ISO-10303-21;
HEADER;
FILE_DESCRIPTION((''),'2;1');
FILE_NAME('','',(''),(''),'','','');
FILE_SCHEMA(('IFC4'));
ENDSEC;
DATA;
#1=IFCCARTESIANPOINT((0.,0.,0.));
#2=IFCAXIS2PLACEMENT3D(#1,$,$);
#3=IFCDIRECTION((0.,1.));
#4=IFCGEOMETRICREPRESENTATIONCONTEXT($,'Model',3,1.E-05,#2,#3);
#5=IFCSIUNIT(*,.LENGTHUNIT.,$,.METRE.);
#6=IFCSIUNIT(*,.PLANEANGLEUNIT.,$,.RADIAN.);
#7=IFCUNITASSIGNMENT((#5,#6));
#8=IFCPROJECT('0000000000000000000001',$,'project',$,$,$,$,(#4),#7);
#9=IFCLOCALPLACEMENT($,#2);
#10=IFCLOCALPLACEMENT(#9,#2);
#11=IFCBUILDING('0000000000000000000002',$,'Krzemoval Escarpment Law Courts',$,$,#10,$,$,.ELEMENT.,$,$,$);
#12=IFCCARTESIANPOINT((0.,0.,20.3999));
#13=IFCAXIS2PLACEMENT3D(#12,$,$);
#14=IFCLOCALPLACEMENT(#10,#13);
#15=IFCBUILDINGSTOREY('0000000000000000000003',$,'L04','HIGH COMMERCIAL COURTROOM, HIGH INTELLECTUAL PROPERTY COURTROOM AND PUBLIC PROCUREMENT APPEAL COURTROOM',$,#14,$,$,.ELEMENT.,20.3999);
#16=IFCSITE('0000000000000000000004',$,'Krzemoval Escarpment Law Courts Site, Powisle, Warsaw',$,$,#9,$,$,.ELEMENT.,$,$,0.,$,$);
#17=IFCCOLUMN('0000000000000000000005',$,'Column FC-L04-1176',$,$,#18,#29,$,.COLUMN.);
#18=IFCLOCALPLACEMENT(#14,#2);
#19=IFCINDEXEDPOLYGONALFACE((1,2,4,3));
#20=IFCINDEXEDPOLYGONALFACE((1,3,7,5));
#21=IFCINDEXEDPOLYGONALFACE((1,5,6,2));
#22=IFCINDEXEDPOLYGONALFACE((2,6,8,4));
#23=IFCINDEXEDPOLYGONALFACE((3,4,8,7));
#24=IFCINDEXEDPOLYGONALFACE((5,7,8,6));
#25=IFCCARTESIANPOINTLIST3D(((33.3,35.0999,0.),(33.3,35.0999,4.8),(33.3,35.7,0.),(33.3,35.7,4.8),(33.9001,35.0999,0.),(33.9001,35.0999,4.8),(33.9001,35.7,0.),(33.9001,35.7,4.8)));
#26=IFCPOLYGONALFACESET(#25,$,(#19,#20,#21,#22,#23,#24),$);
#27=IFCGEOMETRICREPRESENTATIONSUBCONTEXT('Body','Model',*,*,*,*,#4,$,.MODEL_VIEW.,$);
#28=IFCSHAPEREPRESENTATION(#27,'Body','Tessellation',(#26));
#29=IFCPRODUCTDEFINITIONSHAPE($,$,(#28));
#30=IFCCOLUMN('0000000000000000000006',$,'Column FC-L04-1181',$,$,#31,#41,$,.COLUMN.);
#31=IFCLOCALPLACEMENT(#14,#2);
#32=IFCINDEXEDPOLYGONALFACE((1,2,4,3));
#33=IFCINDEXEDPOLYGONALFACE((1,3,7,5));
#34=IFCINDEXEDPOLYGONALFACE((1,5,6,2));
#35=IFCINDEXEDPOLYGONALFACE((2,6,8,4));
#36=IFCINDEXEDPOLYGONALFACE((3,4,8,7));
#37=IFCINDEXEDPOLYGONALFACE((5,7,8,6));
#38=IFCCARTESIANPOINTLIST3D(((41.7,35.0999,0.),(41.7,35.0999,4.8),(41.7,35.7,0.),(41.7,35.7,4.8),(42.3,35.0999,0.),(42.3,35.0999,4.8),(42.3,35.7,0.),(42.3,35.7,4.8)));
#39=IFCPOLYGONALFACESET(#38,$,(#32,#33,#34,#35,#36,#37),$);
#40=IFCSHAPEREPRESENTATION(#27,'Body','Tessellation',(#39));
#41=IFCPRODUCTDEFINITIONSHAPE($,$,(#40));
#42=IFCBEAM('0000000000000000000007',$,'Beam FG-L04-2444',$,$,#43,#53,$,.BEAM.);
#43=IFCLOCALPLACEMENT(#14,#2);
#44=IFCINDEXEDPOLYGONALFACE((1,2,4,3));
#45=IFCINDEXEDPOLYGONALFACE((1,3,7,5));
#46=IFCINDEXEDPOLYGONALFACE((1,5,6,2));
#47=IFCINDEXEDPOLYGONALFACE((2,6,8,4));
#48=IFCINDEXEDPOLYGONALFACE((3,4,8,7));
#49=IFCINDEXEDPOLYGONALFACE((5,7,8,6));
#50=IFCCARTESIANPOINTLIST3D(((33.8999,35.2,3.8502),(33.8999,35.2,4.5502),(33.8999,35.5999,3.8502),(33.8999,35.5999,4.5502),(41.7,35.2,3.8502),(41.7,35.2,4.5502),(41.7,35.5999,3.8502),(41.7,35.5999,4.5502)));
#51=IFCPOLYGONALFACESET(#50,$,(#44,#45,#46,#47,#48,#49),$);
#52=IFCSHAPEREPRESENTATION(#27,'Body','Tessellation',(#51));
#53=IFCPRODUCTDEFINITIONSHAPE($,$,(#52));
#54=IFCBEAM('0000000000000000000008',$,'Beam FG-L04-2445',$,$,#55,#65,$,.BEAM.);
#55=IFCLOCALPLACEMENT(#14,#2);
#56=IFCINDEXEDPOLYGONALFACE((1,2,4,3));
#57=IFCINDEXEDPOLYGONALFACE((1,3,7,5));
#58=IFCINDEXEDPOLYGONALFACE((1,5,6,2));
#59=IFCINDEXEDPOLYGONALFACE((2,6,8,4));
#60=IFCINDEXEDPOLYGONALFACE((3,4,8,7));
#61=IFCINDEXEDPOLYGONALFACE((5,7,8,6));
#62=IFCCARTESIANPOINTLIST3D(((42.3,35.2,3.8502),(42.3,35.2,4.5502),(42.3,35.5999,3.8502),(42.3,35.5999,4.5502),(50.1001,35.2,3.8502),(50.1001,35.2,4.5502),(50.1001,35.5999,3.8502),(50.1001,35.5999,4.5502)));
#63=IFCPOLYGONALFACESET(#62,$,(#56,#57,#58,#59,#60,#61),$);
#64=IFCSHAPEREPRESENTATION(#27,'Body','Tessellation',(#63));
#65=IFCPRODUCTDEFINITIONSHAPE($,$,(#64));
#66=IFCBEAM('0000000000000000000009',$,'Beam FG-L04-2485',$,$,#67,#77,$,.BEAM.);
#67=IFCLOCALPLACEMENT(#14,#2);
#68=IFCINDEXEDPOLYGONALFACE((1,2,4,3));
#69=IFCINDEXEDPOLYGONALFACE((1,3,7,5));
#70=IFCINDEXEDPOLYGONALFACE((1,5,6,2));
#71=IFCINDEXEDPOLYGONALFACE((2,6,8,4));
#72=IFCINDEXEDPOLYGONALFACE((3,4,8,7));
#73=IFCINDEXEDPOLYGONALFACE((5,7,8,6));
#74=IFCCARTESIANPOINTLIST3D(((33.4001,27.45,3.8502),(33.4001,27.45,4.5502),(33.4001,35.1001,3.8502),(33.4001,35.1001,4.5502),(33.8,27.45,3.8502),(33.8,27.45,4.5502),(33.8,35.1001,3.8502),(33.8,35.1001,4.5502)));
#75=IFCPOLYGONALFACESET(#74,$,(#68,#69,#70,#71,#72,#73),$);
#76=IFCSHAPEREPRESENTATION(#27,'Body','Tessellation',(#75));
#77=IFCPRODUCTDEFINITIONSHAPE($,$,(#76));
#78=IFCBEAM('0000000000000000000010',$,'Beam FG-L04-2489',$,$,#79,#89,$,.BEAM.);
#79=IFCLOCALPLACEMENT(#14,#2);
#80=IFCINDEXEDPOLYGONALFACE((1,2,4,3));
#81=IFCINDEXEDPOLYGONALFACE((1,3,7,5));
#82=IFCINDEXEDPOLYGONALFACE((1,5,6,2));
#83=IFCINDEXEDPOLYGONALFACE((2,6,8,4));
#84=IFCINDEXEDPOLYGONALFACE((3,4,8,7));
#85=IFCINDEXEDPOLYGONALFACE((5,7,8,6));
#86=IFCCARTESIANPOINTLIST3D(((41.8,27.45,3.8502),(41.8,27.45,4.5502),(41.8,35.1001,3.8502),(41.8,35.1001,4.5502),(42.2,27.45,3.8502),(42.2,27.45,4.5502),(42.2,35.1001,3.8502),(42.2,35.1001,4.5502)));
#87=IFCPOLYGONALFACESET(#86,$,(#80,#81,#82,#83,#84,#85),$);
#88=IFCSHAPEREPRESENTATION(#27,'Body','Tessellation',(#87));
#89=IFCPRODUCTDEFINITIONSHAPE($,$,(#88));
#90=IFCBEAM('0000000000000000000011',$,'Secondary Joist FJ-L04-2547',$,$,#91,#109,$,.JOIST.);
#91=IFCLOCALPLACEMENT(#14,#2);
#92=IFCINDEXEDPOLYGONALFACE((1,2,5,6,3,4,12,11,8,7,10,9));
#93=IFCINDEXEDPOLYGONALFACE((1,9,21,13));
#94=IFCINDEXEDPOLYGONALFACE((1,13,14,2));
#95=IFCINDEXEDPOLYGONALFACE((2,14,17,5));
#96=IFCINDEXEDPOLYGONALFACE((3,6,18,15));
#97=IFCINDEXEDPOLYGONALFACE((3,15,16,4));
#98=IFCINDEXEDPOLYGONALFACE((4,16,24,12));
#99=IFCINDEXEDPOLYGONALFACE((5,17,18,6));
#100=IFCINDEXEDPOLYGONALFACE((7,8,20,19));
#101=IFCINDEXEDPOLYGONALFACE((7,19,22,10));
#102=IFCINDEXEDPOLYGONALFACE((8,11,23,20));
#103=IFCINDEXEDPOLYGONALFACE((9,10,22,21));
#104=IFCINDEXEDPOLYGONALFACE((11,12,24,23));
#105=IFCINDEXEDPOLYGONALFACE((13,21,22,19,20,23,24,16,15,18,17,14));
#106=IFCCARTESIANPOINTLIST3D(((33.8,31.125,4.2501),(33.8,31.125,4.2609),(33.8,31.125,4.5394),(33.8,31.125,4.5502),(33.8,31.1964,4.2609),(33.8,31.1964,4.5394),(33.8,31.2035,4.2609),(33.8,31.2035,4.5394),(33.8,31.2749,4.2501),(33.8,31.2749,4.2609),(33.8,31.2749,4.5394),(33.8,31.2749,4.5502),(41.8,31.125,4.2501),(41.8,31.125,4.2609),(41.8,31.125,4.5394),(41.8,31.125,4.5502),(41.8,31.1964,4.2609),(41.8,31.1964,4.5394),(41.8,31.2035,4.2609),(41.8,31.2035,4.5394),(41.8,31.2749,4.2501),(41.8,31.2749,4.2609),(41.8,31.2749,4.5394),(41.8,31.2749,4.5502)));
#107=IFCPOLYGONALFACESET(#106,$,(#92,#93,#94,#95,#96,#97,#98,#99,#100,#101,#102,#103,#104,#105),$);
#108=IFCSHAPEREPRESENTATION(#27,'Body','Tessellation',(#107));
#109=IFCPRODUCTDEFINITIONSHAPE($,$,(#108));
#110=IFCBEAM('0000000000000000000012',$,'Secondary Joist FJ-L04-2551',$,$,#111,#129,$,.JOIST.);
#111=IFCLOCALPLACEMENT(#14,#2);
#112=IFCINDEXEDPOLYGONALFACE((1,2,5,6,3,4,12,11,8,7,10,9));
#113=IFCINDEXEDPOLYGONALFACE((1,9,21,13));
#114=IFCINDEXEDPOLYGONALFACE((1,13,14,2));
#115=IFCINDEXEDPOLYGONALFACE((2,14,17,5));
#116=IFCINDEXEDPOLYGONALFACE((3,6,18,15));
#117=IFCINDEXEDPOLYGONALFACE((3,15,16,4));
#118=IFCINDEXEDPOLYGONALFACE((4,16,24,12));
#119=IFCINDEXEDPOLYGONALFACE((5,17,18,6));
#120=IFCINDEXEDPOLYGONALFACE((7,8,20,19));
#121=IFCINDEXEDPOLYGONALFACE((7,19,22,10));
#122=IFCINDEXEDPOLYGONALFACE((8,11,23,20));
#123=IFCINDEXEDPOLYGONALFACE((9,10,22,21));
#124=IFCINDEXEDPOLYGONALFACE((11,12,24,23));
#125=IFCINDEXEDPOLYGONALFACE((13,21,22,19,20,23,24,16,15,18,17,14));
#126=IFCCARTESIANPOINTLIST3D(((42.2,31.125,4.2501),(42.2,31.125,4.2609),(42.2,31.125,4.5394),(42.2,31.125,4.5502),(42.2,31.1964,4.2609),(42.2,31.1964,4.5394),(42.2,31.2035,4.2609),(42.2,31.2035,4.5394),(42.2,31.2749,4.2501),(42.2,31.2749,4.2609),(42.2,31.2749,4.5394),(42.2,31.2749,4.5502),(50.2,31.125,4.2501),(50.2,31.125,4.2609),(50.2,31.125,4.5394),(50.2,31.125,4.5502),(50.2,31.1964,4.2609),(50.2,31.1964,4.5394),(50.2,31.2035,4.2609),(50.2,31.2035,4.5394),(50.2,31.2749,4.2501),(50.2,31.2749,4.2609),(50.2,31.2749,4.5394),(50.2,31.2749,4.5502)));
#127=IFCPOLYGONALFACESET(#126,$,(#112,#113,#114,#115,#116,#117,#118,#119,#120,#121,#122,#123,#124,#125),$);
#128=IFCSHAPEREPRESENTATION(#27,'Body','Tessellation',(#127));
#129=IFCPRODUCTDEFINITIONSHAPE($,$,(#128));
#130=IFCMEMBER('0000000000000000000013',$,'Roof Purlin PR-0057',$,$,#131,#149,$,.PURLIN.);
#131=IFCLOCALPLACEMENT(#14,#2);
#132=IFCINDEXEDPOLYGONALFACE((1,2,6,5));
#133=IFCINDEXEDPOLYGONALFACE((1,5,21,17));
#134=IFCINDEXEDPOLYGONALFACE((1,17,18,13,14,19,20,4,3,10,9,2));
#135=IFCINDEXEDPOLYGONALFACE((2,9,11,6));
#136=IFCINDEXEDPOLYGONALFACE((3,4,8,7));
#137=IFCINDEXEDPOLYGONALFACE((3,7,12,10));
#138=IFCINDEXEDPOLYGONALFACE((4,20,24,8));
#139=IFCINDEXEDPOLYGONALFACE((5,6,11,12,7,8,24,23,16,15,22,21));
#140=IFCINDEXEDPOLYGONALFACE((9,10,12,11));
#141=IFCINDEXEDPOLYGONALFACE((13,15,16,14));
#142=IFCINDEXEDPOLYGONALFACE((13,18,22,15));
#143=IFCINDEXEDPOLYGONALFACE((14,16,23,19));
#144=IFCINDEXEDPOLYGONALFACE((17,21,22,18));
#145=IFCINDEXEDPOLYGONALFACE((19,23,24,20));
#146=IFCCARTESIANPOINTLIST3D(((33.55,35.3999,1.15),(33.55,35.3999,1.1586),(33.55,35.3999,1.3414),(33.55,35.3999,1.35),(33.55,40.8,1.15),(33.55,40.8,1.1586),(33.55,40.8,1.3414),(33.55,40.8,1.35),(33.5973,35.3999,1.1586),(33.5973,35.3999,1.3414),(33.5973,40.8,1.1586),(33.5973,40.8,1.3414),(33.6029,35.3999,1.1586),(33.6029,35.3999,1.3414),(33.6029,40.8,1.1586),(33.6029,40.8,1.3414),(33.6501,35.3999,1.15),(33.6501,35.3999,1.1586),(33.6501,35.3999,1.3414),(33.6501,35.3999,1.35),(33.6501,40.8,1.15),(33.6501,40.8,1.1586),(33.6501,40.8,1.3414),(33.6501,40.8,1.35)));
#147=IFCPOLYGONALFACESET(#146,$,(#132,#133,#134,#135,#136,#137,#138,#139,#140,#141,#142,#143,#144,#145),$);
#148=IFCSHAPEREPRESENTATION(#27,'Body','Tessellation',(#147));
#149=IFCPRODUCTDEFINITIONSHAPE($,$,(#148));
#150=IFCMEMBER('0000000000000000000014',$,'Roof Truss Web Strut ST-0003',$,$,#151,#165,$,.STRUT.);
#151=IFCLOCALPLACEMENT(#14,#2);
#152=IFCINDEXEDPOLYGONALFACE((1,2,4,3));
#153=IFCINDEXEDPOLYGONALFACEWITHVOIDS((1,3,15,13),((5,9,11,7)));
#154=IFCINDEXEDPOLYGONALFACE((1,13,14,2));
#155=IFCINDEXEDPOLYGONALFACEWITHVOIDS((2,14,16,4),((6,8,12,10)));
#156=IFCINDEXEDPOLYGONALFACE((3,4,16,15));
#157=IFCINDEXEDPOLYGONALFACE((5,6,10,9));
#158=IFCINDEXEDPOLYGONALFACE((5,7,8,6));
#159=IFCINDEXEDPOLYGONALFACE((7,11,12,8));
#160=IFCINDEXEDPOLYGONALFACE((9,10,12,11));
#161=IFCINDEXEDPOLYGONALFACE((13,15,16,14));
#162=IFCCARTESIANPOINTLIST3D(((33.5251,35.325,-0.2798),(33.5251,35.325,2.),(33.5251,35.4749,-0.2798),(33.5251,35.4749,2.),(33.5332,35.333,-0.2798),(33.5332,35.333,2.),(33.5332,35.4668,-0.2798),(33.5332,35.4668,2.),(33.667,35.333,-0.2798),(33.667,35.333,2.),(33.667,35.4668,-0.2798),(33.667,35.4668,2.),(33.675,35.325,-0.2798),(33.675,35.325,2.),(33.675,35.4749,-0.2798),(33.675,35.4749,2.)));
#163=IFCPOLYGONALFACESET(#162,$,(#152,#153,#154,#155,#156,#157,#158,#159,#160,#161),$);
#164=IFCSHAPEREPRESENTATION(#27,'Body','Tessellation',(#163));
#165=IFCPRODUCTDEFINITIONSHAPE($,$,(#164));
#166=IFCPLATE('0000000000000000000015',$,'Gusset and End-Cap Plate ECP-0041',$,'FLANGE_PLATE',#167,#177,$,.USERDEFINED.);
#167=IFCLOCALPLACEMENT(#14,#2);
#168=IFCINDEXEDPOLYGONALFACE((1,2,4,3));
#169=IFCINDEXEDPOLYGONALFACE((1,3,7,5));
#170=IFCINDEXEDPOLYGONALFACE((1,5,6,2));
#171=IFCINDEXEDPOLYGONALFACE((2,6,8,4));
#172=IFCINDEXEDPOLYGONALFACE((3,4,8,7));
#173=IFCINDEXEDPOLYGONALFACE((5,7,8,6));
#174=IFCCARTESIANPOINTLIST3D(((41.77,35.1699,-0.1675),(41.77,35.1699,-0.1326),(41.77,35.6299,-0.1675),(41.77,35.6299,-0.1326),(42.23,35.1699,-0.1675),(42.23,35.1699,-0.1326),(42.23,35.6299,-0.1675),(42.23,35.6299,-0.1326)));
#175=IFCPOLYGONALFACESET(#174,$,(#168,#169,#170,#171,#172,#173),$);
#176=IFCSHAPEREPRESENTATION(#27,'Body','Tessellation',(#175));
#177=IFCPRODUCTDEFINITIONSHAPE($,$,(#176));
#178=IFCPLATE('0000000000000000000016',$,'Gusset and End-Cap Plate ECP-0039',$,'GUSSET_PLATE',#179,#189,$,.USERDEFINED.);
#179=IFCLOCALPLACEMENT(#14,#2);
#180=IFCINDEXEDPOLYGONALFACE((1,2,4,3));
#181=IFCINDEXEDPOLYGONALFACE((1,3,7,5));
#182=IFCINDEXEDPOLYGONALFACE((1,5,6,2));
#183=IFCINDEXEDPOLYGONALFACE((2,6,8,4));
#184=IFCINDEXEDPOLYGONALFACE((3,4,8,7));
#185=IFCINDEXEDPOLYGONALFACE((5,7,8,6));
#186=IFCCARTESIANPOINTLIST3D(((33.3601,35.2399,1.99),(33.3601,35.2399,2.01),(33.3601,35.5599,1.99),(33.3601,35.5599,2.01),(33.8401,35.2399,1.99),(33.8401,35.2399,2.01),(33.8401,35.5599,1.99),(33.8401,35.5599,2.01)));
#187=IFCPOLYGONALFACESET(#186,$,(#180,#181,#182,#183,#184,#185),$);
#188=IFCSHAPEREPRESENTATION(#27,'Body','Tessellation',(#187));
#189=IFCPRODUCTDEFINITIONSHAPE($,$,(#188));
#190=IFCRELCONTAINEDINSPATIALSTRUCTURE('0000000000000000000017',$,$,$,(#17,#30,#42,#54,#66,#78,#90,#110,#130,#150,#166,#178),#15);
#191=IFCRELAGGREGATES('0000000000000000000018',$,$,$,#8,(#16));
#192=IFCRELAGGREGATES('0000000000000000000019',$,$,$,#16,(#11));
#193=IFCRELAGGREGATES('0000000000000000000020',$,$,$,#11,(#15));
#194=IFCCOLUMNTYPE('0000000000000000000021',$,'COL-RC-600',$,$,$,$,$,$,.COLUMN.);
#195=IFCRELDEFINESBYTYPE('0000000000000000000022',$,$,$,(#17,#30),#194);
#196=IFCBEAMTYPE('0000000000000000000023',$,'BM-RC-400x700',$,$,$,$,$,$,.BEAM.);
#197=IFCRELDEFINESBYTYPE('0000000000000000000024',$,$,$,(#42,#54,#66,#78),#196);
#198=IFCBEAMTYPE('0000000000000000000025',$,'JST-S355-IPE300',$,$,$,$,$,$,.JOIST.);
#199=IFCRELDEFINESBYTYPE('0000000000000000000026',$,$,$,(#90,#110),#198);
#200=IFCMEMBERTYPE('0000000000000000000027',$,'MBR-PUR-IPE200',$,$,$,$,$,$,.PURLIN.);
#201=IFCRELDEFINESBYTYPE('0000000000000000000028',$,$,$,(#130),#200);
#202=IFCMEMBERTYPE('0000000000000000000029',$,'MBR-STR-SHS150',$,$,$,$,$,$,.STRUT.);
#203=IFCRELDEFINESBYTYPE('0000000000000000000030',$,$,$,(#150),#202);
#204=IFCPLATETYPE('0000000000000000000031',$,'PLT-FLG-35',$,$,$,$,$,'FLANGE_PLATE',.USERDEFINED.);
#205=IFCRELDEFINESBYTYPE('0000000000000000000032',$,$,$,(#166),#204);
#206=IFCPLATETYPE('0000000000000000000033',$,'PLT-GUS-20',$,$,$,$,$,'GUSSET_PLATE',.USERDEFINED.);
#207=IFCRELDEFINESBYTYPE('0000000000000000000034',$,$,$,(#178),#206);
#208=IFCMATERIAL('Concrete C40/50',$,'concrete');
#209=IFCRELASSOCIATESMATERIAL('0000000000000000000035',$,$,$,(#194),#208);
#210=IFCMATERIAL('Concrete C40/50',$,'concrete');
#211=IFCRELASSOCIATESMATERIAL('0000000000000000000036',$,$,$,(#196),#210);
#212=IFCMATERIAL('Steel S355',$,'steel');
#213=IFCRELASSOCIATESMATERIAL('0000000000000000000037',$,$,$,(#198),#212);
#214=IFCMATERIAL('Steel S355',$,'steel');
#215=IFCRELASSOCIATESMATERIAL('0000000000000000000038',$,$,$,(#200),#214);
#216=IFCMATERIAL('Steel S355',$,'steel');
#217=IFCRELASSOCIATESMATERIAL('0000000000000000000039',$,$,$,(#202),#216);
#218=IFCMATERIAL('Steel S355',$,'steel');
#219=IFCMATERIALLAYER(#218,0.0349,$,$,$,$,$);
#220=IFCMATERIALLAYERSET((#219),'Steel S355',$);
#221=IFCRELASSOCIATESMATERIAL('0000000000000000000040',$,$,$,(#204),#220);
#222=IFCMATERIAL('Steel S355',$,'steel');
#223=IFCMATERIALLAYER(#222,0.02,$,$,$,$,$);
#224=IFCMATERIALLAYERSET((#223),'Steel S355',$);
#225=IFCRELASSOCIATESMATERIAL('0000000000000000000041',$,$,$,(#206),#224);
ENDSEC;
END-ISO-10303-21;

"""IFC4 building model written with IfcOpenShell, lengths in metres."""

from ifc_helpers import new_model, si_unit, direction, frame, origin, origin_2d, place, context, subcontext, project, spatial, rectangle, hollow_rectangle, i_section, extrude, material, layer, layer_set, material_profile, profile_set, type_object, element, save


model = new_model("IFC4")

# Units and contexts
model_context = context("Model", 3, precision=1e-05, world=origin(), true_north=direction((0.0, 1.0)))
body_context = subcontext(model_context, "Body", "Model", "MODEL_VIEW")
ifc_project = project(units=[si_unit("LENGTHUNIT", "METRE"), si_unit("PLANEANGLEUNIT", "RADIAN")], contexts=[model_context])

# Site, building, storey
site_placement = place(None, origin())
site = spatial("IfcSite", under=ifc_project, at=site_placement, Name="Krzemoval Escarpment Law Courts Site, Powisle, Warsaw", CompositionType="ELEMENT", RefElevation=0.0)
building_placement = place(site_placement, origin())
building = spatial("IfcBuilding", under=site, at=building_placement, Name="Krzemoval Escarpment Law Courts", CompositionType="ELEMENT")
storey_placement = place(building_placement, frame((0.0, 0.0, 20.3999)))
storey = spatial("IfcBuildingStorey", under=building, at=storey_placement, Name="L04", Description="HIGH COMMERCIAL COURTROOM, HIGH INTELLECTUAL PROPERTY COURTROOM AND PUBLIC PROCUREMENT APPEAL COURTROOM", CompositionType="ELEMENT", Elevation=20.3999)

# Columns
ifc_material_1 = material(Name="Concrete C40/50", Category="concrete")
ifc_material_profile_1 = material_profile(ifc_material_1, rectangle(XDim=0.6001, YDim=0.6001, at=origin_2d()), Name="RC 600x600")
ifc_profile_set_1 = profile_set([ifc_material_profile_1], Name="Concrete C40/50")
column_type = type_object("IfcColumnType", Name="COL-RC-600", PredefinedType="COLUMN", material=ifc_profile_set_1)
for number, where, z_axis, x_axis, name in (
    (1, (33.6001, 35.3999, 0.0), (0.0, 0.0, 1.0), (1.0, 0.0, 0.0), "Column FC-L04-1176"),
    (2, (42.0, 35.3999, 0.0), (0.0, 0.0, 1.0), (1.0, 0.0, 0.0), "Column FC-L04-1181"),
):
    element("IfcColumn", number, at=place(storey_placement, frame(where, z_axis=z_axis, x_axis=x_axis)), inside=storey, type_object=column_type, Name=name, PredefinedType="COLUMN", context=body_context, shape_type="SweptSolid", body=[
        extrude(rectangle(XDim=0.6001, YDim=0.6001, at=origin_2d()), origin(), (0.0, 0.0, 1.0), 4.8),
    ])

# Beams
ifc_material_2 = material(Name="Concrete C40/50", Category="concrete")
ifc_material_profile_2 = material_profile(ifc_material_2, rectangle(XDim=0.3999, YDim=0.7, at=origin_2d()), Name="RCB 400x700")
ifc_profile_set_2 = profile_set([ifc_material_profile_2], Name="Concrete C40/50")
beam_type_1 = type_object("IfcBeamType", Name="BM-RC-400x700", PredefinedType="BEAM", material=ifc_profile_set_2)
for number, where, z_axis, x_axis, name in (
    (3, (33.8999, 35.3999, 4.2002), (1.0, 0.0, 0.0), (0.0, 1.0, 0.0), "Beam FG-L04-2444"),
    (4, (42.3, 35.3999, 4.2002), (1.0, 0.0, 0.0), (0.0, 1.0, 0.0), "Beam FG-L04-2445"),
):
    element("IfcBeam", number, at=place(storey_placement, frame(where, z_axis=z_axis, x_axis=x_axis)), inside=storey, type_object=beam_type_1, Name=name, PredefinedType="BEAM", context=body_context, shape_type="SweptSolid", body=[
        extrude(rectangle(XDim=0.3999, YDim=0.7, at=origin_2d()), origin(), (0.0, 0.0, 1.0), 7.8),
    ])
for number, where, z_axis, x_axis, name in (
    (5, (33.6001, 27.45, 4.2002), (0.0, 1.0, 0.0), (-1.0, 0.0, 0.0), "Beam FG-L04-2485"),
    (6, (42.0, 27.45, 4.2002), (0.0, 1.0, 0.0), (-1.0, 0.0, 0.0), "Beam FG-L04-2489"),
):
    element("IfcBeam", number, at=place(storey_placement, frame(where, z_axis=z_axis, x_axis=x_axis)), inside=storey, type_object=beam_type_1, Name=name, PredefinedType="BEAM", context=body_context, shape_type="SweptSolid", body=[
        extrude(rectangle(XDim=0.3999, YDim=0.7, at=origin_2d()), origin(), (0.0, 0.0, 1.0), 7.6501),
    ])
ifc_material_3 = material(Name="Steel S355", Category="steel")
ifc_material_profile_3 = material_profile(ifc_material_3, i_section(OverallWidth=0.1499, OverallDepth=0.3, WebThickness=0.0071, FlangeThickness=0.0107, at=origin_2d()), Name="IPE 300")
ifc_profile_set_3 = profile_set([ifc_material_profile_3], Name="Steel S355")
beam_type_2 = type_object("IfcBeamType", Name="JST-S355-IPE300", PredefinedType="JOIST", material=ifc_profile_set_3)
for number, where, z_axis, x_axis, name in (
    (7, (33.8, 31.2, 4.4001), (1.0, 0.0, 0.0), (0.0, 1.0, 0.0), "Secondary Joist FJ-L04-2547"),
    (8, (42.2, 31.2, 4.4001), (1.0, 0.0, 0.0), (0.0, 1.0, 0.0), "Secondary Joist FJ-L04-2551"),
):
    element("IfcBeam", number, at=place(storey_placement, frame(where, z_axis=z_axis, x_axis=x_axis)), inside=storey, type_object=beam_type_2, Name=name, PredefinedType="JOIST", context=body_context, shape_type="SweptSolid", body=[
        extrude(i_section(OverallWidth=0.1499, OverallDepth=0.3, WebThickness=0.0071, FlangeThickness=0.0107, at=origin_2d()), origin(), (0.0, 0.0, 1.0), 8.0),
    ])

# Members
ifc_material_4 = material(Name="Steel S355", Category="steel")
ifc_material_profile_4 = material_profile(ifc_material_4, i_section(OverallWidth=0.1001, OverallDepth=0.2, WebThickness=0.0056, FlangeThickness=0.0085, at=origin_2d()), Name="IPE 200")
ifc_profile_set_4 = profile_set([ifc_material_profile_4], Name="Steel S355")
member_type_1 = type_object("IfcMemberType", Name="MBR-PUR-IPE200", PredefinedType="PURLIN", material=ifc_profile_set_4)
member_1_placement = place(storey_placement, frame((33.6001, 35.3999, 1.25), z_axis=(0.0, 1.0, 0.0), x_axis=(-1.0, 0.0, 0.0)))
element("IfcMember", 9, at=member_1_placement, inside=storey, type_object=member_type_1, Name="Roof Purlin PR-0057", PredefinedType="PURLIN", context=body_context, shape_type="SweptSolid", body=[
    extrude(i_section(OverallWidth=0.1001, OverallDepth=0.2, WebThickness=0.0056, FlangeThickness=0.0085, at=origin_2d()), origin(), (0.0, 0.0, 1.0), 5.4001),
])
ifc_material_5 = material(Name="Steel S355", Category="steel")
ifc_material_profile_5 = material_profile(ifc_material_5, hollow_rectangle(XDim=0.1499, YDim=0.1499, WallThickness=0.0081, at=origin_2d()), Name="SHS 150x150x8")
ifc_profile_set_5 = profile_set([ifc_material_profile_5], Name="Steel S355")
member_type_2 = type_object("IfcMemberType", Name="MBR-STR-SHS150", PredefinedType="STRUT", material=ifc_profile_set_5)
member_2_placement = place(storey_placement, frame((33.6001, 35.3999, -0.2798), z_axis=(0.0, 0.0, 1.0), x_axis=(1.0, 0.0, 0.0)))
element("IfcMember", 10, at=member_2_placement, inside=storey, type_object=member_type_2, Name="Roof Truss Web Strut ST-0003", PredefinedType="STRUT", context=body_context, shape_type="SweptSolid", body=[
    extrude(hollow_rectangle(XDim=0.1499, YDim=0.1499, WallThickness=0.0081, at=origin_2d()), origin(), (0.0, 0.0, 1.0), 2.2798),
])

# Plates
ifc_material_6 = material(Name="Steel S355", Category="steel")
ifc_layer_1 = layer(ifc_material_6, 0.0349)
ifc_layer_set_1 = layer_set([ifc_layer_1], Name="Steel S355")
plate_type_1 = type_object("IfcPlateType", Name="PLT-FLG-35", ElementType="FLANGE_PLATE", PredefinedType="USERDEFINED", material=ifc_layer_set_1)
plate_1_placement = place(storey_placement, frame((42.0, 35.3999, -0.1675), z_axis=(0.0, 0.0, 1.0), x_axis=(1.0, 0.0, 0.0)))
element("IfcPlate", 11, at=plate_1_placement, inside=storey, type_object=plate_type_1, Name="Gusset and End-Cap Plate ECP-0041", ObjectType="FLANGE_PLATE", PredefinedType="USERDEFINED", context=body_context, shape_type="SweptSolid", body=[
    extrude(rectangle(XDim=0.46, YDim=0.46, at=origin_2d()), origin(), (0.0, 0.0, 1.0), 0.0349),
])
ifc_material_7 = material(Name="Steel S355", Category="steel")
ifc_layer_2 = layer(ifc_material_7, 0.02)
ifc_layer_set_2 = layer_set([ifc_layer_2], Name="Steel S355")
plate_type_2 = type_object("IfcPlateType", Name="PLT-GUS-20", ElementType="GUSSET_PLATE", PredefinedType="USERDEFINED", material=ifc_layer_set_2)
plate_2_placement = place(storey_placement, frame((33.6001, 35.3999, 1.99), z_axis=(0.0, 0.0, 1.0), x_axis=(1.0, 0.0, 0.0)))
element("IfcPlate", 12, at=plate_2_placement, inside=storey, type_object=plate_type_2, Name="Gusset and End-Cap Plate ECP-0039", ObjectType="GUSSET_PLATE", PredefinedType="USERDEFINED", context=body_context, shape_type="SweptSolid", body=[
    extrude(rectangle(XDim=0.48, YDim=0.3201, at=origin_2d()), origin(), (0.0, 0.0, 1.0), 0.02),
])

save(model, "model.ifc")
